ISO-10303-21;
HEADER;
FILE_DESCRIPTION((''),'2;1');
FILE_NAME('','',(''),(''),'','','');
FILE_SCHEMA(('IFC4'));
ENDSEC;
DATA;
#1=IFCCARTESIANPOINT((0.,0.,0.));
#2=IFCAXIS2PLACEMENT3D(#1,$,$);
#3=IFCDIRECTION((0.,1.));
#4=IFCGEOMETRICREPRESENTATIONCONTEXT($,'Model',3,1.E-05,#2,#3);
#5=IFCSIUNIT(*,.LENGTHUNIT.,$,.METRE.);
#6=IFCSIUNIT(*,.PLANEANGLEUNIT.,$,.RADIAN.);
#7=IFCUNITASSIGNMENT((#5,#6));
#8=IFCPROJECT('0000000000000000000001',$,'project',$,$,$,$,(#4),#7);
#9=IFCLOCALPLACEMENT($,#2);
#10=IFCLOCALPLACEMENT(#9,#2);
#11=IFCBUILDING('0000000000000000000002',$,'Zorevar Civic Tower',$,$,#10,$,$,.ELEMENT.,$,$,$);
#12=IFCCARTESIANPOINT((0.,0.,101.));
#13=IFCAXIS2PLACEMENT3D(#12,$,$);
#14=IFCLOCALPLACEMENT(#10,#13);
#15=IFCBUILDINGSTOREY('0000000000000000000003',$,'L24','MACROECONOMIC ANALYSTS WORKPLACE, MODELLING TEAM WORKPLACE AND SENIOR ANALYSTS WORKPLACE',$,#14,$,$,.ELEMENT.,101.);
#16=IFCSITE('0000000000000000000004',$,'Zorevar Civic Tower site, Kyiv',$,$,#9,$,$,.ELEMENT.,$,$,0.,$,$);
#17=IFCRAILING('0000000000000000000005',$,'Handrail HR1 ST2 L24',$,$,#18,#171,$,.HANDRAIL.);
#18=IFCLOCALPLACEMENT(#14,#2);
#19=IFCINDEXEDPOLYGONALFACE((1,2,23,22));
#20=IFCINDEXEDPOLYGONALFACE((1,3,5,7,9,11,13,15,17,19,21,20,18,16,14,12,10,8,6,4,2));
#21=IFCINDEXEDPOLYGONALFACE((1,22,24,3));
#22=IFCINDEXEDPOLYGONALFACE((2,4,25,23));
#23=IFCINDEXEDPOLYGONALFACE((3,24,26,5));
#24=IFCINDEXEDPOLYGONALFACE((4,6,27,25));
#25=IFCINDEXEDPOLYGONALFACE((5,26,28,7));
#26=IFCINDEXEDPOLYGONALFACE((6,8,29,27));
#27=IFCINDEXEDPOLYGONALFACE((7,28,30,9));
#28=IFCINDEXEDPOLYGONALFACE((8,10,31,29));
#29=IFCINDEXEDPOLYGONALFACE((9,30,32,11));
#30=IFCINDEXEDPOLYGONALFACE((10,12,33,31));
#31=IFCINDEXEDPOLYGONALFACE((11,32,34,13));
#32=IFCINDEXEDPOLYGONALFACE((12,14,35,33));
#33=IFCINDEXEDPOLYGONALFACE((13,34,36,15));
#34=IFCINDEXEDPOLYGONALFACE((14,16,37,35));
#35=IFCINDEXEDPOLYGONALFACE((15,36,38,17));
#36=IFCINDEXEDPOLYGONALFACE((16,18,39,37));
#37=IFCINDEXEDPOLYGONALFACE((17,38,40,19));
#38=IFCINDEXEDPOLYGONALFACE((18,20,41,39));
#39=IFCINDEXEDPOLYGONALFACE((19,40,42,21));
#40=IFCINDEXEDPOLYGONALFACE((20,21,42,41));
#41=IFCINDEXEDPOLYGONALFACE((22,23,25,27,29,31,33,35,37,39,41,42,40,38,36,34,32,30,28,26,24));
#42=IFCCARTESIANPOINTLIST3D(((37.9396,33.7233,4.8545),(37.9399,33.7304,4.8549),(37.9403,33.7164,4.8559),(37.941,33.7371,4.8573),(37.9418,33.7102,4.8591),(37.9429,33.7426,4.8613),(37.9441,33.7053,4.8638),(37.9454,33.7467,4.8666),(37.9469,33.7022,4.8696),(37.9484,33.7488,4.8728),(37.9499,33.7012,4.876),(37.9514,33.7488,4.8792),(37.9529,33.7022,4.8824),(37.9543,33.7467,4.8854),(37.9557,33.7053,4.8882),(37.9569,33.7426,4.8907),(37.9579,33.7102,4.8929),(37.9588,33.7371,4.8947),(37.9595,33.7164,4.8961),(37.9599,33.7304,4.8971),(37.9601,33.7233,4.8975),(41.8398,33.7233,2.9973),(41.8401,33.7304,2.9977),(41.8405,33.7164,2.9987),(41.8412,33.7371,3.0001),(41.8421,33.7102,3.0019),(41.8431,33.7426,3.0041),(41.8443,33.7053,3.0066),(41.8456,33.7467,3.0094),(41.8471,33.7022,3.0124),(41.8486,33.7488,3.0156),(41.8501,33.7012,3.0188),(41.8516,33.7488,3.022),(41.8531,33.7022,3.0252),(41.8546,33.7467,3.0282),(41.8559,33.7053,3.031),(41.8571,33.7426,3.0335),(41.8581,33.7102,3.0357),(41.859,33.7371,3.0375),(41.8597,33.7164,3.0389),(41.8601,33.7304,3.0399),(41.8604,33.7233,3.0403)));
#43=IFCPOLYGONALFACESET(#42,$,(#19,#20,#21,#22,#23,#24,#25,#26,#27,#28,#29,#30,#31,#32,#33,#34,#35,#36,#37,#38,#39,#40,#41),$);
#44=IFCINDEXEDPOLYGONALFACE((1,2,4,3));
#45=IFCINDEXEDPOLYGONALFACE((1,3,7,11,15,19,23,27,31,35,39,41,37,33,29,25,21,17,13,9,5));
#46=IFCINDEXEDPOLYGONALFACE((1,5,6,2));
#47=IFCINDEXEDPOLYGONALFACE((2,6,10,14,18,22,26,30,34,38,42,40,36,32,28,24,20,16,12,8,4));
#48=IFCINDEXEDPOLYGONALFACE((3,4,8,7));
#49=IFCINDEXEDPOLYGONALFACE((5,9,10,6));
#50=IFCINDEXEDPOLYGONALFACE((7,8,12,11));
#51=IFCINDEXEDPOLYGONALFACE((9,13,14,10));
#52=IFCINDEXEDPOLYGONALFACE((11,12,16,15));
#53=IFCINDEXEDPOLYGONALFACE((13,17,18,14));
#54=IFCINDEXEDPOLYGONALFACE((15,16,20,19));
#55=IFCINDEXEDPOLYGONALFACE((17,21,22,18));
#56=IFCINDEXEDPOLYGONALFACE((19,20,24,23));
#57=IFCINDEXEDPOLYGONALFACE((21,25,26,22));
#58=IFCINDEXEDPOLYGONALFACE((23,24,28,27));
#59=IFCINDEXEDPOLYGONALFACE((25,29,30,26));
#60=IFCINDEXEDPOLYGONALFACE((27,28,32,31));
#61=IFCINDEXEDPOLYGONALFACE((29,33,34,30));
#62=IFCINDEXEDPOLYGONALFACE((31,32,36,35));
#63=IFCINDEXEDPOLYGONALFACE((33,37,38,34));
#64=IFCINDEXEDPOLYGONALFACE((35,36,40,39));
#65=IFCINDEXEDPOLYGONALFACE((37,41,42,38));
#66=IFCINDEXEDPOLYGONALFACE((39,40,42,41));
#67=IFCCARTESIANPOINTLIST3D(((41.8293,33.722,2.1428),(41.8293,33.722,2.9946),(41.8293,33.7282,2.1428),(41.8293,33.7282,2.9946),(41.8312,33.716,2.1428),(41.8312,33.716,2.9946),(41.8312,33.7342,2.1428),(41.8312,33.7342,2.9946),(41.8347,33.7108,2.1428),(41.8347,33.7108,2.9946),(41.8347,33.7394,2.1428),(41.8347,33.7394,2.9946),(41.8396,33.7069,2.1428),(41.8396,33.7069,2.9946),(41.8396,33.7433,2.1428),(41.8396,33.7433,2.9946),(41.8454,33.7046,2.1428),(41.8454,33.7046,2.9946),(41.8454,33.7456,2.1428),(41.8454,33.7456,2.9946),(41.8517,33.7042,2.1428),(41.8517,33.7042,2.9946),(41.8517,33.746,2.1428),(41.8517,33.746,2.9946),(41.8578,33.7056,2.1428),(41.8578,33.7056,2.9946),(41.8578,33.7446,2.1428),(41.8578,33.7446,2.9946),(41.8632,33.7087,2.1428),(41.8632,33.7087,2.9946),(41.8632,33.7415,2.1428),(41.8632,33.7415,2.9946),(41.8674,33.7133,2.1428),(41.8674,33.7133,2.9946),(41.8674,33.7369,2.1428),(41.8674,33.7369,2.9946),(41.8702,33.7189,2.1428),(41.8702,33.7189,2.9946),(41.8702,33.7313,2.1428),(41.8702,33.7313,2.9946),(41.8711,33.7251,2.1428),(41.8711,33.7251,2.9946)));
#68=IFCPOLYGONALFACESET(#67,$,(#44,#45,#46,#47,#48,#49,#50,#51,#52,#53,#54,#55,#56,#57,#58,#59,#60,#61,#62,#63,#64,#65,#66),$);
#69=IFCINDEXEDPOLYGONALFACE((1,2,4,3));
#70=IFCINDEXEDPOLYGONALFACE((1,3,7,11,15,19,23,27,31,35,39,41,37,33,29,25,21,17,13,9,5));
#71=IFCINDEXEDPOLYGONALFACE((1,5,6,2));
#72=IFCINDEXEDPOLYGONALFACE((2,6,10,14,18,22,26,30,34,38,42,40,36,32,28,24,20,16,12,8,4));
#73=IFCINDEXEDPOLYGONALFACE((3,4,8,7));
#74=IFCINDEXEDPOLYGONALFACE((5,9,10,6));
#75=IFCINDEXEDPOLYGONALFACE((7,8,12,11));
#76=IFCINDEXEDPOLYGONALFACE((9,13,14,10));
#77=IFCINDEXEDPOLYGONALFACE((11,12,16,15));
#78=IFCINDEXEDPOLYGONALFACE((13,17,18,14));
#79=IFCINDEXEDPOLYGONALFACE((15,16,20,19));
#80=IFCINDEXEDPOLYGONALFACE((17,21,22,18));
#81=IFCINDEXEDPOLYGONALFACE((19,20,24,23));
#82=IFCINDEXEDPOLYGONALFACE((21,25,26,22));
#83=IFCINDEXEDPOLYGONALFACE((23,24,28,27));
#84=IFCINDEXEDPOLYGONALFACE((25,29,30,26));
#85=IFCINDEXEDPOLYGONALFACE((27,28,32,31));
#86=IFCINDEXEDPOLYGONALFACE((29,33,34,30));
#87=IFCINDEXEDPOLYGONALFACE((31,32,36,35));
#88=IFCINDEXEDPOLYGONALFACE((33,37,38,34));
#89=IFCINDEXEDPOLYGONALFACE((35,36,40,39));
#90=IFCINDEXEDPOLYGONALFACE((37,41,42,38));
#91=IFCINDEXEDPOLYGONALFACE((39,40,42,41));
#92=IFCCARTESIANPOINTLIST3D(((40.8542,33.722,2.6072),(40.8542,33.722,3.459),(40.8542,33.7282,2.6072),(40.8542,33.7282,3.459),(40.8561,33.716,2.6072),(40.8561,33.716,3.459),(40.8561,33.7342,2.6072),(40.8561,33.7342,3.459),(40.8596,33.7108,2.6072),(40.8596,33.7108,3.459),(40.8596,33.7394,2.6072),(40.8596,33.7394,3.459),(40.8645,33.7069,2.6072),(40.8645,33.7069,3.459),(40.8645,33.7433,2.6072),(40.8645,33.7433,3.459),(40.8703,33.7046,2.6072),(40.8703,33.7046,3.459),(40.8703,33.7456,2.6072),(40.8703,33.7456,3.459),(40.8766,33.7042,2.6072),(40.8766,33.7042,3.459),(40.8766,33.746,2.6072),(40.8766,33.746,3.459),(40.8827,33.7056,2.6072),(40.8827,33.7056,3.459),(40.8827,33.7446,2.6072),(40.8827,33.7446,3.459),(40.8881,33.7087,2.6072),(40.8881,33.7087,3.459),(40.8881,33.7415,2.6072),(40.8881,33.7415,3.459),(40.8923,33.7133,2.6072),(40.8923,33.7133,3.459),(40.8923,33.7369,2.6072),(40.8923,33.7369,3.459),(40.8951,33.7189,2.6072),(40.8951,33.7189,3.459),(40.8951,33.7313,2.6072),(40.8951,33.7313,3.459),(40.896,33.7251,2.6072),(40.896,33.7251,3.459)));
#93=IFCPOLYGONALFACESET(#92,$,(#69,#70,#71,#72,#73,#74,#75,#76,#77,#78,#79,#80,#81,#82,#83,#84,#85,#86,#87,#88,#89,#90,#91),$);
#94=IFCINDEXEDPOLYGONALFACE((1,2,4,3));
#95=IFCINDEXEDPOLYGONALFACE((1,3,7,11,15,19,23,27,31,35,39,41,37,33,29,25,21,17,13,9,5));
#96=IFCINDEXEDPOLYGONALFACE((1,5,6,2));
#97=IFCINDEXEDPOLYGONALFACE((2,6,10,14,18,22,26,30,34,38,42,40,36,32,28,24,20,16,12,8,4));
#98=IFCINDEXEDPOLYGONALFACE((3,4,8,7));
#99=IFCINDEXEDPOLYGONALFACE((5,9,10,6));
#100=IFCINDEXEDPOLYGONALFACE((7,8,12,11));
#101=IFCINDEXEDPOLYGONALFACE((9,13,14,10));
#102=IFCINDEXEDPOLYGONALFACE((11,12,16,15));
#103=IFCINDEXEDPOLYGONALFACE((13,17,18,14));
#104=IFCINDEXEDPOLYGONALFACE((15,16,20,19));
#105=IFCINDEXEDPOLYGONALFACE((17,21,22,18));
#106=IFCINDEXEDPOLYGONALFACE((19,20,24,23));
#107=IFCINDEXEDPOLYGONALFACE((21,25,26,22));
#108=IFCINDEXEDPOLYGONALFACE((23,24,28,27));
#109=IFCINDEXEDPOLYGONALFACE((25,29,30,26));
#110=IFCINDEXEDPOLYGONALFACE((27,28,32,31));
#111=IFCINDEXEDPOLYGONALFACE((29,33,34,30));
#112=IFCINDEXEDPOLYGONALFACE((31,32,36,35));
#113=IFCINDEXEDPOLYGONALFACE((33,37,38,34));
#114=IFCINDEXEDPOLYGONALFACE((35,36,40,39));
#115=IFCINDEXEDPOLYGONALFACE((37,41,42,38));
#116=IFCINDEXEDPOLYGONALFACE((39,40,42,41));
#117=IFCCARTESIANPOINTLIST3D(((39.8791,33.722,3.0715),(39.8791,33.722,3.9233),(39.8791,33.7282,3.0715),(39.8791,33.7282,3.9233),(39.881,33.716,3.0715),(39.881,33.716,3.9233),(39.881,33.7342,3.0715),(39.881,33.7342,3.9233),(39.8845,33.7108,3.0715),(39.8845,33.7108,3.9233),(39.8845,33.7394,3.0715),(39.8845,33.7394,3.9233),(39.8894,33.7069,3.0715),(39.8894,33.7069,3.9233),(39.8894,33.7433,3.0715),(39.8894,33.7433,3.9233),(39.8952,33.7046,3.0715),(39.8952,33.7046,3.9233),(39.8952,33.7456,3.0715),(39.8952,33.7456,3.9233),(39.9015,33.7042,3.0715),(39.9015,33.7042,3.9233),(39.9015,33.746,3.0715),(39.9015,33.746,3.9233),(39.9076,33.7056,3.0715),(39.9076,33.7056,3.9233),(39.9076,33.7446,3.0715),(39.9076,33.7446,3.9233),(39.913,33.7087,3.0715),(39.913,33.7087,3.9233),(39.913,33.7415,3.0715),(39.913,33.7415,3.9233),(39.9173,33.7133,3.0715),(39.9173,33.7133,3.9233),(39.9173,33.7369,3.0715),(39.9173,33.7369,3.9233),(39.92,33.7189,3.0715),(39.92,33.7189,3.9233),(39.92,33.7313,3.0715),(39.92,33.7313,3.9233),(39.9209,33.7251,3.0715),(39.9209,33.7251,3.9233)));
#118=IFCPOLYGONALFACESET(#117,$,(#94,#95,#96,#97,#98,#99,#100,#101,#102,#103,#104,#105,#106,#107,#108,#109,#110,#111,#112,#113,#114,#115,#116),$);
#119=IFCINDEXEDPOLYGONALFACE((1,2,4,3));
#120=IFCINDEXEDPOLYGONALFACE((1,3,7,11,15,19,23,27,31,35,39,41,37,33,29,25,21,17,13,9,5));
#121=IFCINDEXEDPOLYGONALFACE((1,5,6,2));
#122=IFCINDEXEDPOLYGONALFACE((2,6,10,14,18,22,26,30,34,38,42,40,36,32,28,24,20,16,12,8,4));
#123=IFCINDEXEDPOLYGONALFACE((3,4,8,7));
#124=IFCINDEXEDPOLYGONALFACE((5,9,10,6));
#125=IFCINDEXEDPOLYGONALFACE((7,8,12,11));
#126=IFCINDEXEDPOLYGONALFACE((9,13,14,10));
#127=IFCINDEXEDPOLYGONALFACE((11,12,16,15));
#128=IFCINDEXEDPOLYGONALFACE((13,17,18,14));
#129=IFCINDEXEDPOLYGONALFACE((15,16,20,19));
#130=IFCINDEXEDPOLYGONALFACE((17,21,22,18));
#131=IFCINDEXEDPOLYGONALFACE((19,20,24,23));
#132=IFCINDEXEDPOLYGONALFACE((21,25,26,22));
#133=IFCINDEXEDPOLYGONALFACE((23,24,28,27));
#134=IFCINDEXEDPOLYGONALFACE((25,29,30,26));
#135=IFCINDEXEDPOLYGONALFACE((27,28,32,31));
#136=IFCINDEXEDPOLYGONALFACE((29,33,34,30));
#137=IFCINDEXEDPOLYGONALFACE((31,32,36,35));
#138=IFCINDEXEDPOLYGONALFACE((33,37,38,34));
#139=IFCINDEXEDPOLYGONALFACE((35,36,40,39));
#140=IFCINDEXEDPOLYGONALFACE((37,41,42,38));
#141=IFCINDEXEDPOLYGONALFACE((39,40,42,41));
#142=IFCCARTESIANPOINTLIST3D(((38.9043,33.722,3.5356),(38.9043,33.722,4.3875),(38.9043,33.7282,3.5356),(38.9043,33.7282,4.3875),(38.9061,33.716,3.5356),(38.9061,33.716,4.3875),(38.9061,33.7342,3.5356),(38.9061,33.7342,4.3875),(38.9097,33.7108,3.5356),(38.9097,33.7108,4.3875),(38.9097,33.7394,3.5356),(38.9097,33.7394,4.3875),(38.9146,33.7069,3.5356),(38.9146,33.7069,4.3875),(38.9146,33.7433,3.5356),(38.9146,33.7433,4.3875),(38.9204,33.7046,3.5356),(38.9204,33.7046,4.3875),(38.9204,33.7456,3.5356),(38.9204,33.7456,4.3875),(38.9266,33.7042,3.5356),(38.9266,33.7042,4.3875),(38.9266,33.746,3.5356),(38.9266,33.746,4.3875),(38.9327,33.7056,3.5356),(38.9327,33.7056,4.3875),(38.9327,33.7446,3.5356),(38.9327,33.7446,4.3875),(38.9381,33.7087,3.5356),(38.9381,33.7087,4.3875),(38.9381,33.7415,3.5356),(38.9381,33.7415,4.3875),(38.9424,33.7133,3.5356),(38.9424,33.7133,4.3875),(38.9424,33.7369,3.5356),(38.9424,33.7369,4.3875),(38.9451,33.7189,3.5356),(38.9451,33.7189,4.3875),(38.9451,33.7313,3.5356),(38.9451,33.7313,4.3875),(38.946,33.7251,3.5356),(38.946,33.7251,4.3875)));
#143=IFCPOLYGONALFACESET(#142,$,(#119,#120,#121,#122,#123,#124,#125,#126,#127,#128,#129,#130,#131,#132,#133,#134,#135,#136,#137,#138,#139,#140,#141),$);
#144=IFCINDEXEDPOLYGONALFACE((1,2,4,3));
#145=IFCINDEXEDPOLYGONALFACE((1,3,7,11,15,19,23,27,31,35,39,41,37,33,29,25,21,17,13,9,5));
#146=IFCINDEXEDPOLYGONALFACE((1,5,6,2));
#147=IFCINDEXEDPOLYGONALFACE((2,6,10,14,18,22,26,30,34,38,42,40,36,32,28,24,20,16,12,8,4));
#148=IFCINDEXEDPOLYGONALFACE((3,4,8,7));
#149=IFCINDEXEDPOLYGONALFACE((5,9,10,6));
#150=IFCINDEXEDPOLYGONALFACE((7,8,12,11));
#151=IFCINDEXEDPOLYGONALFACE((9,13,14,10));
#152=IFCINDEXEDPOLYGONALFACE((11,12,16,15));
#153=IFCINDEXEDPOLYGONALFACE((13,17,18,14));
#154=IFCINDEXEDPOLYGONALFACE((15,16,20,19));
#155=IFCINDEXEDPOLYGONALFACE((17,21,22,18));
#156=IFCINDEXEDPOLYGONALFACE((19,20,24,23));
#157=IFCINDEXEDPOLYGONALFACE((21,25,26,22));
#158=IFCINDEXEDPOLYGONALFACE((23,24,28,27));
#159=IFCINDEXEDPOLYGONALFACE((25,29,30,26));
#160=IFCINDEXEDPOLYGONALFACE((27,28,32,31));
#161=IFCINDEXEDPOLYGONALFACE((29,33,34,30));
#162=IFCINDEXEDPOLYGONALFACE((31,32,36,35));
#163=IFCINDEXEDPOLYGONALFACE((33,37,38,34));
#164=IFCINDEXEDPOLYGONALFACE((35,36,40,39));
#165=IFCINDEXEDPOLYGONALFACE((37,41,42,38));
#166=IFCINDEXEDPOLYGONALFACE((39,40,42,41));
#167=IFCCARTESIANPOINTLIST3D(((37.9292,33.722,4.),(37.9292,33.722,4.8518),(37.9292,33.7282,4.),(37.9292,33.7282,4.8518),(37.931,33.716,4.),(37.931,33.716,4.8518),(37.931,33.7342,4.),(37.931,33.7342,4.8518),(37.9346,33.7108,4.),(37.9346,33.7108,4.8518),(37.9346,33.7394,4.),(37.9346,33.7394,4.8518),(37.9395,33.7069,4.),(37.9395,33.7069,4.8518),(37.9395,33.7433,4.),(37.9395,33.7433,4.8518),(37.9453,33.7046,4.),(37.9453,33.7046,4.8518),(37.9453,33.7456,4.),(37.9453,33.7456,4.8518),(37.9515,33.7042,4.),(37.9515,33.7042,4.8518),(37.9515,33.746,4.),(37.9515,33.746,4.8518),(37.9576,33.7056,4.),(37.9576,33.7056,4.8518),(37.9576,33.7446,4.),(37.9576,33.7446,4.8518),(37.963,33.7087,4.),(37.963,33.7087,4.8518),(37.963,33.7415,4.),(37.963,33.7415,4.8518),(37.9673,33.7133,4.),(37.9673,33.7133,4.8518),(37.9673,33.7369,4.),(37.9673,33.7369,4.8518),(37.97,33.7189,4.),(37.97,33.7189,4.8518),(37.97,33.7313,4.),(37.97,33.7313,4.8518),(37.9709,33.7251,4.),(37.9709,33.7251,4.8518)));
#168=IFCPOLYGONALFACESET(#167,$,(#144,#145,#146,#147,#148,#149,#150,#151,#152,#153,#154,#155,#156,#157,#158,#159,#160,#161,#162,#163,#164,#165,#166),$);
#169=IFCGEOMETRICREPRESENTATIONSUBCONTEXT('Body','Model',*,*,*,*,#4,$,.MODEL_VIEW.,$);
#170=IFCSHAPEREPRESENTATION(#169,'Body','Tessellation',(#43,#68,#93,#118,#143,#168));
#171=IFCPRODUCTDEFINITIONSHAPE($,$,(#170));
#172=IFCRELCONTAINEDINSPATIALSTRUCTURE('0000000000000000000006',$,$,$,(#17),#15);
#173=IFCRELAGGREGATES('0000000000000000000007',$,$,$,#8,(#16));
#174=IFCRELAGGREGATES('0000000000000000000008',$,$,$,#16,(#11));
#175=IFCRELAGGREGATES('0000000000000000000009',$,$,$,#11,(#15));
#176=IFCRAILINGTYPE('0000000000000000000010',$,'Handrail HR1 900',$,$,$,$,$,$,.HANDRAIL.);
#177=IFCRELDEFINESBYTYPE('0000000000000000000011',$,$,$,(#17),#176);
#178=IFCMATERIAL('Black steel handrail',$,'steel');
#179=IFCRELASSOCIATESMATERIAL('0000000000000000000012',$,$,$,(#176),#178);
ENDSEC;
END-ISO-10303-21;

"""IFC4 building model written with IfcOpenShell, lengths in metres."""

from ifc_helpers import new_model, si_unit, direction, frame, origin, origin_2d, place, context, subcontext, project, spatial, circle, extrude, material, type_object, element, save


model = new_model("IFC4")

# Units and contexts
model_context = context("Model", 3, precision=1e-05, world=origin(), true_north=direction((0.0, 1.0)))
body_context = subcontext(model_context, "Body", "Model", "MODEL_VIEW")
ifc_project = project(units=[si_unit("LENGTHUNIT", "METRE"), si_unit("PLANEANGLEUNIT", "RADIAN")], contexts=[model_context])

# Site, building, storey
site_placement = place(None, origin())
site = spatial("IfcSite", under=ifc_project, at=site_placement, Name="Zorevar Civic Tower site, Kyiv", CompositionType="ELEMENT", RefElevation=0.0)
building_placement = place(site_placement, origin())
building = spatial("IfcBuilding", under=site, at=building_placement, Name="Zorevar Civic Tower", CompositionType="ELEMENT")
storey_placement = place(building_placement, frame((0.0, 0.0, 101.0)))
storey = spatial("IfcBuildingStorey", under=building, at=storey_placement, Name="L24", Description="MACROECONOMIC ANALYSTS WORKPLACE, MODELLING TEAM WORKPLACE AND SENIOR ANALYSTS WORKPLACE", CompositionType="ELEMENT", Elevation=101.0)

# Railing
ifc_material_1 = material(Name="Black steel handrail", Category="steel")
railing_type = type_object("IfcRailingType", Name="Handrail HR1 900", PredefinedType="HANDRAIL", material=ifc_material_1)
railing_1_placement = place(storey_placement, frame((41.8501, 33.7251, 2.1428)))
element("IfcRailing", 1, at=railing_1_placement, inside=storey, type_object=railing_type, Name="Handrail HR1 ST2 L24", PredefinedType="HANDRAIL", context=body_context, shape_type="SweptSolid", body=[
    extrude(circle(Radius=0.0239, at=origin_2d()), frame((0.0, 0.0, 0.876), z_axis=(-0.902864, 0.0, 0.429927), x_axis=(0.0, -1.0, 0.0)), (0.0, 0.0, 1.0), 4.3198),
    extrude(circle(Radius=0.021, at=origin_2d()), origin(), (0.0, 0.0, 1.0), 0.8518),
    extrude(circle(Radius=0.021, at=origin_2d()), frame((-0.9751, 0.0, 0.4644)), (0.0, 0.0, 1.0), 0.8518),
    extrude(circle(Radius=0.021, at=origin_2d()), frame((-1.9502, 0.0, 0.9287)), (0.0, 0.0, 1.0), 0.8518),
    extrude(circle(Radius=0.021, at=origin_2d()), frame((-2.925, 0.0, 1.3928)), (0.0, 0.0, 1.0), 0.8518),
    extrude(circle(Radius=0.021, at=origin_2d()), frame((-3.9001, 0.0, 1.8572)), (0.0, 0.0, 1.0), 0.8518),
])

save(model, "model.ifc")
